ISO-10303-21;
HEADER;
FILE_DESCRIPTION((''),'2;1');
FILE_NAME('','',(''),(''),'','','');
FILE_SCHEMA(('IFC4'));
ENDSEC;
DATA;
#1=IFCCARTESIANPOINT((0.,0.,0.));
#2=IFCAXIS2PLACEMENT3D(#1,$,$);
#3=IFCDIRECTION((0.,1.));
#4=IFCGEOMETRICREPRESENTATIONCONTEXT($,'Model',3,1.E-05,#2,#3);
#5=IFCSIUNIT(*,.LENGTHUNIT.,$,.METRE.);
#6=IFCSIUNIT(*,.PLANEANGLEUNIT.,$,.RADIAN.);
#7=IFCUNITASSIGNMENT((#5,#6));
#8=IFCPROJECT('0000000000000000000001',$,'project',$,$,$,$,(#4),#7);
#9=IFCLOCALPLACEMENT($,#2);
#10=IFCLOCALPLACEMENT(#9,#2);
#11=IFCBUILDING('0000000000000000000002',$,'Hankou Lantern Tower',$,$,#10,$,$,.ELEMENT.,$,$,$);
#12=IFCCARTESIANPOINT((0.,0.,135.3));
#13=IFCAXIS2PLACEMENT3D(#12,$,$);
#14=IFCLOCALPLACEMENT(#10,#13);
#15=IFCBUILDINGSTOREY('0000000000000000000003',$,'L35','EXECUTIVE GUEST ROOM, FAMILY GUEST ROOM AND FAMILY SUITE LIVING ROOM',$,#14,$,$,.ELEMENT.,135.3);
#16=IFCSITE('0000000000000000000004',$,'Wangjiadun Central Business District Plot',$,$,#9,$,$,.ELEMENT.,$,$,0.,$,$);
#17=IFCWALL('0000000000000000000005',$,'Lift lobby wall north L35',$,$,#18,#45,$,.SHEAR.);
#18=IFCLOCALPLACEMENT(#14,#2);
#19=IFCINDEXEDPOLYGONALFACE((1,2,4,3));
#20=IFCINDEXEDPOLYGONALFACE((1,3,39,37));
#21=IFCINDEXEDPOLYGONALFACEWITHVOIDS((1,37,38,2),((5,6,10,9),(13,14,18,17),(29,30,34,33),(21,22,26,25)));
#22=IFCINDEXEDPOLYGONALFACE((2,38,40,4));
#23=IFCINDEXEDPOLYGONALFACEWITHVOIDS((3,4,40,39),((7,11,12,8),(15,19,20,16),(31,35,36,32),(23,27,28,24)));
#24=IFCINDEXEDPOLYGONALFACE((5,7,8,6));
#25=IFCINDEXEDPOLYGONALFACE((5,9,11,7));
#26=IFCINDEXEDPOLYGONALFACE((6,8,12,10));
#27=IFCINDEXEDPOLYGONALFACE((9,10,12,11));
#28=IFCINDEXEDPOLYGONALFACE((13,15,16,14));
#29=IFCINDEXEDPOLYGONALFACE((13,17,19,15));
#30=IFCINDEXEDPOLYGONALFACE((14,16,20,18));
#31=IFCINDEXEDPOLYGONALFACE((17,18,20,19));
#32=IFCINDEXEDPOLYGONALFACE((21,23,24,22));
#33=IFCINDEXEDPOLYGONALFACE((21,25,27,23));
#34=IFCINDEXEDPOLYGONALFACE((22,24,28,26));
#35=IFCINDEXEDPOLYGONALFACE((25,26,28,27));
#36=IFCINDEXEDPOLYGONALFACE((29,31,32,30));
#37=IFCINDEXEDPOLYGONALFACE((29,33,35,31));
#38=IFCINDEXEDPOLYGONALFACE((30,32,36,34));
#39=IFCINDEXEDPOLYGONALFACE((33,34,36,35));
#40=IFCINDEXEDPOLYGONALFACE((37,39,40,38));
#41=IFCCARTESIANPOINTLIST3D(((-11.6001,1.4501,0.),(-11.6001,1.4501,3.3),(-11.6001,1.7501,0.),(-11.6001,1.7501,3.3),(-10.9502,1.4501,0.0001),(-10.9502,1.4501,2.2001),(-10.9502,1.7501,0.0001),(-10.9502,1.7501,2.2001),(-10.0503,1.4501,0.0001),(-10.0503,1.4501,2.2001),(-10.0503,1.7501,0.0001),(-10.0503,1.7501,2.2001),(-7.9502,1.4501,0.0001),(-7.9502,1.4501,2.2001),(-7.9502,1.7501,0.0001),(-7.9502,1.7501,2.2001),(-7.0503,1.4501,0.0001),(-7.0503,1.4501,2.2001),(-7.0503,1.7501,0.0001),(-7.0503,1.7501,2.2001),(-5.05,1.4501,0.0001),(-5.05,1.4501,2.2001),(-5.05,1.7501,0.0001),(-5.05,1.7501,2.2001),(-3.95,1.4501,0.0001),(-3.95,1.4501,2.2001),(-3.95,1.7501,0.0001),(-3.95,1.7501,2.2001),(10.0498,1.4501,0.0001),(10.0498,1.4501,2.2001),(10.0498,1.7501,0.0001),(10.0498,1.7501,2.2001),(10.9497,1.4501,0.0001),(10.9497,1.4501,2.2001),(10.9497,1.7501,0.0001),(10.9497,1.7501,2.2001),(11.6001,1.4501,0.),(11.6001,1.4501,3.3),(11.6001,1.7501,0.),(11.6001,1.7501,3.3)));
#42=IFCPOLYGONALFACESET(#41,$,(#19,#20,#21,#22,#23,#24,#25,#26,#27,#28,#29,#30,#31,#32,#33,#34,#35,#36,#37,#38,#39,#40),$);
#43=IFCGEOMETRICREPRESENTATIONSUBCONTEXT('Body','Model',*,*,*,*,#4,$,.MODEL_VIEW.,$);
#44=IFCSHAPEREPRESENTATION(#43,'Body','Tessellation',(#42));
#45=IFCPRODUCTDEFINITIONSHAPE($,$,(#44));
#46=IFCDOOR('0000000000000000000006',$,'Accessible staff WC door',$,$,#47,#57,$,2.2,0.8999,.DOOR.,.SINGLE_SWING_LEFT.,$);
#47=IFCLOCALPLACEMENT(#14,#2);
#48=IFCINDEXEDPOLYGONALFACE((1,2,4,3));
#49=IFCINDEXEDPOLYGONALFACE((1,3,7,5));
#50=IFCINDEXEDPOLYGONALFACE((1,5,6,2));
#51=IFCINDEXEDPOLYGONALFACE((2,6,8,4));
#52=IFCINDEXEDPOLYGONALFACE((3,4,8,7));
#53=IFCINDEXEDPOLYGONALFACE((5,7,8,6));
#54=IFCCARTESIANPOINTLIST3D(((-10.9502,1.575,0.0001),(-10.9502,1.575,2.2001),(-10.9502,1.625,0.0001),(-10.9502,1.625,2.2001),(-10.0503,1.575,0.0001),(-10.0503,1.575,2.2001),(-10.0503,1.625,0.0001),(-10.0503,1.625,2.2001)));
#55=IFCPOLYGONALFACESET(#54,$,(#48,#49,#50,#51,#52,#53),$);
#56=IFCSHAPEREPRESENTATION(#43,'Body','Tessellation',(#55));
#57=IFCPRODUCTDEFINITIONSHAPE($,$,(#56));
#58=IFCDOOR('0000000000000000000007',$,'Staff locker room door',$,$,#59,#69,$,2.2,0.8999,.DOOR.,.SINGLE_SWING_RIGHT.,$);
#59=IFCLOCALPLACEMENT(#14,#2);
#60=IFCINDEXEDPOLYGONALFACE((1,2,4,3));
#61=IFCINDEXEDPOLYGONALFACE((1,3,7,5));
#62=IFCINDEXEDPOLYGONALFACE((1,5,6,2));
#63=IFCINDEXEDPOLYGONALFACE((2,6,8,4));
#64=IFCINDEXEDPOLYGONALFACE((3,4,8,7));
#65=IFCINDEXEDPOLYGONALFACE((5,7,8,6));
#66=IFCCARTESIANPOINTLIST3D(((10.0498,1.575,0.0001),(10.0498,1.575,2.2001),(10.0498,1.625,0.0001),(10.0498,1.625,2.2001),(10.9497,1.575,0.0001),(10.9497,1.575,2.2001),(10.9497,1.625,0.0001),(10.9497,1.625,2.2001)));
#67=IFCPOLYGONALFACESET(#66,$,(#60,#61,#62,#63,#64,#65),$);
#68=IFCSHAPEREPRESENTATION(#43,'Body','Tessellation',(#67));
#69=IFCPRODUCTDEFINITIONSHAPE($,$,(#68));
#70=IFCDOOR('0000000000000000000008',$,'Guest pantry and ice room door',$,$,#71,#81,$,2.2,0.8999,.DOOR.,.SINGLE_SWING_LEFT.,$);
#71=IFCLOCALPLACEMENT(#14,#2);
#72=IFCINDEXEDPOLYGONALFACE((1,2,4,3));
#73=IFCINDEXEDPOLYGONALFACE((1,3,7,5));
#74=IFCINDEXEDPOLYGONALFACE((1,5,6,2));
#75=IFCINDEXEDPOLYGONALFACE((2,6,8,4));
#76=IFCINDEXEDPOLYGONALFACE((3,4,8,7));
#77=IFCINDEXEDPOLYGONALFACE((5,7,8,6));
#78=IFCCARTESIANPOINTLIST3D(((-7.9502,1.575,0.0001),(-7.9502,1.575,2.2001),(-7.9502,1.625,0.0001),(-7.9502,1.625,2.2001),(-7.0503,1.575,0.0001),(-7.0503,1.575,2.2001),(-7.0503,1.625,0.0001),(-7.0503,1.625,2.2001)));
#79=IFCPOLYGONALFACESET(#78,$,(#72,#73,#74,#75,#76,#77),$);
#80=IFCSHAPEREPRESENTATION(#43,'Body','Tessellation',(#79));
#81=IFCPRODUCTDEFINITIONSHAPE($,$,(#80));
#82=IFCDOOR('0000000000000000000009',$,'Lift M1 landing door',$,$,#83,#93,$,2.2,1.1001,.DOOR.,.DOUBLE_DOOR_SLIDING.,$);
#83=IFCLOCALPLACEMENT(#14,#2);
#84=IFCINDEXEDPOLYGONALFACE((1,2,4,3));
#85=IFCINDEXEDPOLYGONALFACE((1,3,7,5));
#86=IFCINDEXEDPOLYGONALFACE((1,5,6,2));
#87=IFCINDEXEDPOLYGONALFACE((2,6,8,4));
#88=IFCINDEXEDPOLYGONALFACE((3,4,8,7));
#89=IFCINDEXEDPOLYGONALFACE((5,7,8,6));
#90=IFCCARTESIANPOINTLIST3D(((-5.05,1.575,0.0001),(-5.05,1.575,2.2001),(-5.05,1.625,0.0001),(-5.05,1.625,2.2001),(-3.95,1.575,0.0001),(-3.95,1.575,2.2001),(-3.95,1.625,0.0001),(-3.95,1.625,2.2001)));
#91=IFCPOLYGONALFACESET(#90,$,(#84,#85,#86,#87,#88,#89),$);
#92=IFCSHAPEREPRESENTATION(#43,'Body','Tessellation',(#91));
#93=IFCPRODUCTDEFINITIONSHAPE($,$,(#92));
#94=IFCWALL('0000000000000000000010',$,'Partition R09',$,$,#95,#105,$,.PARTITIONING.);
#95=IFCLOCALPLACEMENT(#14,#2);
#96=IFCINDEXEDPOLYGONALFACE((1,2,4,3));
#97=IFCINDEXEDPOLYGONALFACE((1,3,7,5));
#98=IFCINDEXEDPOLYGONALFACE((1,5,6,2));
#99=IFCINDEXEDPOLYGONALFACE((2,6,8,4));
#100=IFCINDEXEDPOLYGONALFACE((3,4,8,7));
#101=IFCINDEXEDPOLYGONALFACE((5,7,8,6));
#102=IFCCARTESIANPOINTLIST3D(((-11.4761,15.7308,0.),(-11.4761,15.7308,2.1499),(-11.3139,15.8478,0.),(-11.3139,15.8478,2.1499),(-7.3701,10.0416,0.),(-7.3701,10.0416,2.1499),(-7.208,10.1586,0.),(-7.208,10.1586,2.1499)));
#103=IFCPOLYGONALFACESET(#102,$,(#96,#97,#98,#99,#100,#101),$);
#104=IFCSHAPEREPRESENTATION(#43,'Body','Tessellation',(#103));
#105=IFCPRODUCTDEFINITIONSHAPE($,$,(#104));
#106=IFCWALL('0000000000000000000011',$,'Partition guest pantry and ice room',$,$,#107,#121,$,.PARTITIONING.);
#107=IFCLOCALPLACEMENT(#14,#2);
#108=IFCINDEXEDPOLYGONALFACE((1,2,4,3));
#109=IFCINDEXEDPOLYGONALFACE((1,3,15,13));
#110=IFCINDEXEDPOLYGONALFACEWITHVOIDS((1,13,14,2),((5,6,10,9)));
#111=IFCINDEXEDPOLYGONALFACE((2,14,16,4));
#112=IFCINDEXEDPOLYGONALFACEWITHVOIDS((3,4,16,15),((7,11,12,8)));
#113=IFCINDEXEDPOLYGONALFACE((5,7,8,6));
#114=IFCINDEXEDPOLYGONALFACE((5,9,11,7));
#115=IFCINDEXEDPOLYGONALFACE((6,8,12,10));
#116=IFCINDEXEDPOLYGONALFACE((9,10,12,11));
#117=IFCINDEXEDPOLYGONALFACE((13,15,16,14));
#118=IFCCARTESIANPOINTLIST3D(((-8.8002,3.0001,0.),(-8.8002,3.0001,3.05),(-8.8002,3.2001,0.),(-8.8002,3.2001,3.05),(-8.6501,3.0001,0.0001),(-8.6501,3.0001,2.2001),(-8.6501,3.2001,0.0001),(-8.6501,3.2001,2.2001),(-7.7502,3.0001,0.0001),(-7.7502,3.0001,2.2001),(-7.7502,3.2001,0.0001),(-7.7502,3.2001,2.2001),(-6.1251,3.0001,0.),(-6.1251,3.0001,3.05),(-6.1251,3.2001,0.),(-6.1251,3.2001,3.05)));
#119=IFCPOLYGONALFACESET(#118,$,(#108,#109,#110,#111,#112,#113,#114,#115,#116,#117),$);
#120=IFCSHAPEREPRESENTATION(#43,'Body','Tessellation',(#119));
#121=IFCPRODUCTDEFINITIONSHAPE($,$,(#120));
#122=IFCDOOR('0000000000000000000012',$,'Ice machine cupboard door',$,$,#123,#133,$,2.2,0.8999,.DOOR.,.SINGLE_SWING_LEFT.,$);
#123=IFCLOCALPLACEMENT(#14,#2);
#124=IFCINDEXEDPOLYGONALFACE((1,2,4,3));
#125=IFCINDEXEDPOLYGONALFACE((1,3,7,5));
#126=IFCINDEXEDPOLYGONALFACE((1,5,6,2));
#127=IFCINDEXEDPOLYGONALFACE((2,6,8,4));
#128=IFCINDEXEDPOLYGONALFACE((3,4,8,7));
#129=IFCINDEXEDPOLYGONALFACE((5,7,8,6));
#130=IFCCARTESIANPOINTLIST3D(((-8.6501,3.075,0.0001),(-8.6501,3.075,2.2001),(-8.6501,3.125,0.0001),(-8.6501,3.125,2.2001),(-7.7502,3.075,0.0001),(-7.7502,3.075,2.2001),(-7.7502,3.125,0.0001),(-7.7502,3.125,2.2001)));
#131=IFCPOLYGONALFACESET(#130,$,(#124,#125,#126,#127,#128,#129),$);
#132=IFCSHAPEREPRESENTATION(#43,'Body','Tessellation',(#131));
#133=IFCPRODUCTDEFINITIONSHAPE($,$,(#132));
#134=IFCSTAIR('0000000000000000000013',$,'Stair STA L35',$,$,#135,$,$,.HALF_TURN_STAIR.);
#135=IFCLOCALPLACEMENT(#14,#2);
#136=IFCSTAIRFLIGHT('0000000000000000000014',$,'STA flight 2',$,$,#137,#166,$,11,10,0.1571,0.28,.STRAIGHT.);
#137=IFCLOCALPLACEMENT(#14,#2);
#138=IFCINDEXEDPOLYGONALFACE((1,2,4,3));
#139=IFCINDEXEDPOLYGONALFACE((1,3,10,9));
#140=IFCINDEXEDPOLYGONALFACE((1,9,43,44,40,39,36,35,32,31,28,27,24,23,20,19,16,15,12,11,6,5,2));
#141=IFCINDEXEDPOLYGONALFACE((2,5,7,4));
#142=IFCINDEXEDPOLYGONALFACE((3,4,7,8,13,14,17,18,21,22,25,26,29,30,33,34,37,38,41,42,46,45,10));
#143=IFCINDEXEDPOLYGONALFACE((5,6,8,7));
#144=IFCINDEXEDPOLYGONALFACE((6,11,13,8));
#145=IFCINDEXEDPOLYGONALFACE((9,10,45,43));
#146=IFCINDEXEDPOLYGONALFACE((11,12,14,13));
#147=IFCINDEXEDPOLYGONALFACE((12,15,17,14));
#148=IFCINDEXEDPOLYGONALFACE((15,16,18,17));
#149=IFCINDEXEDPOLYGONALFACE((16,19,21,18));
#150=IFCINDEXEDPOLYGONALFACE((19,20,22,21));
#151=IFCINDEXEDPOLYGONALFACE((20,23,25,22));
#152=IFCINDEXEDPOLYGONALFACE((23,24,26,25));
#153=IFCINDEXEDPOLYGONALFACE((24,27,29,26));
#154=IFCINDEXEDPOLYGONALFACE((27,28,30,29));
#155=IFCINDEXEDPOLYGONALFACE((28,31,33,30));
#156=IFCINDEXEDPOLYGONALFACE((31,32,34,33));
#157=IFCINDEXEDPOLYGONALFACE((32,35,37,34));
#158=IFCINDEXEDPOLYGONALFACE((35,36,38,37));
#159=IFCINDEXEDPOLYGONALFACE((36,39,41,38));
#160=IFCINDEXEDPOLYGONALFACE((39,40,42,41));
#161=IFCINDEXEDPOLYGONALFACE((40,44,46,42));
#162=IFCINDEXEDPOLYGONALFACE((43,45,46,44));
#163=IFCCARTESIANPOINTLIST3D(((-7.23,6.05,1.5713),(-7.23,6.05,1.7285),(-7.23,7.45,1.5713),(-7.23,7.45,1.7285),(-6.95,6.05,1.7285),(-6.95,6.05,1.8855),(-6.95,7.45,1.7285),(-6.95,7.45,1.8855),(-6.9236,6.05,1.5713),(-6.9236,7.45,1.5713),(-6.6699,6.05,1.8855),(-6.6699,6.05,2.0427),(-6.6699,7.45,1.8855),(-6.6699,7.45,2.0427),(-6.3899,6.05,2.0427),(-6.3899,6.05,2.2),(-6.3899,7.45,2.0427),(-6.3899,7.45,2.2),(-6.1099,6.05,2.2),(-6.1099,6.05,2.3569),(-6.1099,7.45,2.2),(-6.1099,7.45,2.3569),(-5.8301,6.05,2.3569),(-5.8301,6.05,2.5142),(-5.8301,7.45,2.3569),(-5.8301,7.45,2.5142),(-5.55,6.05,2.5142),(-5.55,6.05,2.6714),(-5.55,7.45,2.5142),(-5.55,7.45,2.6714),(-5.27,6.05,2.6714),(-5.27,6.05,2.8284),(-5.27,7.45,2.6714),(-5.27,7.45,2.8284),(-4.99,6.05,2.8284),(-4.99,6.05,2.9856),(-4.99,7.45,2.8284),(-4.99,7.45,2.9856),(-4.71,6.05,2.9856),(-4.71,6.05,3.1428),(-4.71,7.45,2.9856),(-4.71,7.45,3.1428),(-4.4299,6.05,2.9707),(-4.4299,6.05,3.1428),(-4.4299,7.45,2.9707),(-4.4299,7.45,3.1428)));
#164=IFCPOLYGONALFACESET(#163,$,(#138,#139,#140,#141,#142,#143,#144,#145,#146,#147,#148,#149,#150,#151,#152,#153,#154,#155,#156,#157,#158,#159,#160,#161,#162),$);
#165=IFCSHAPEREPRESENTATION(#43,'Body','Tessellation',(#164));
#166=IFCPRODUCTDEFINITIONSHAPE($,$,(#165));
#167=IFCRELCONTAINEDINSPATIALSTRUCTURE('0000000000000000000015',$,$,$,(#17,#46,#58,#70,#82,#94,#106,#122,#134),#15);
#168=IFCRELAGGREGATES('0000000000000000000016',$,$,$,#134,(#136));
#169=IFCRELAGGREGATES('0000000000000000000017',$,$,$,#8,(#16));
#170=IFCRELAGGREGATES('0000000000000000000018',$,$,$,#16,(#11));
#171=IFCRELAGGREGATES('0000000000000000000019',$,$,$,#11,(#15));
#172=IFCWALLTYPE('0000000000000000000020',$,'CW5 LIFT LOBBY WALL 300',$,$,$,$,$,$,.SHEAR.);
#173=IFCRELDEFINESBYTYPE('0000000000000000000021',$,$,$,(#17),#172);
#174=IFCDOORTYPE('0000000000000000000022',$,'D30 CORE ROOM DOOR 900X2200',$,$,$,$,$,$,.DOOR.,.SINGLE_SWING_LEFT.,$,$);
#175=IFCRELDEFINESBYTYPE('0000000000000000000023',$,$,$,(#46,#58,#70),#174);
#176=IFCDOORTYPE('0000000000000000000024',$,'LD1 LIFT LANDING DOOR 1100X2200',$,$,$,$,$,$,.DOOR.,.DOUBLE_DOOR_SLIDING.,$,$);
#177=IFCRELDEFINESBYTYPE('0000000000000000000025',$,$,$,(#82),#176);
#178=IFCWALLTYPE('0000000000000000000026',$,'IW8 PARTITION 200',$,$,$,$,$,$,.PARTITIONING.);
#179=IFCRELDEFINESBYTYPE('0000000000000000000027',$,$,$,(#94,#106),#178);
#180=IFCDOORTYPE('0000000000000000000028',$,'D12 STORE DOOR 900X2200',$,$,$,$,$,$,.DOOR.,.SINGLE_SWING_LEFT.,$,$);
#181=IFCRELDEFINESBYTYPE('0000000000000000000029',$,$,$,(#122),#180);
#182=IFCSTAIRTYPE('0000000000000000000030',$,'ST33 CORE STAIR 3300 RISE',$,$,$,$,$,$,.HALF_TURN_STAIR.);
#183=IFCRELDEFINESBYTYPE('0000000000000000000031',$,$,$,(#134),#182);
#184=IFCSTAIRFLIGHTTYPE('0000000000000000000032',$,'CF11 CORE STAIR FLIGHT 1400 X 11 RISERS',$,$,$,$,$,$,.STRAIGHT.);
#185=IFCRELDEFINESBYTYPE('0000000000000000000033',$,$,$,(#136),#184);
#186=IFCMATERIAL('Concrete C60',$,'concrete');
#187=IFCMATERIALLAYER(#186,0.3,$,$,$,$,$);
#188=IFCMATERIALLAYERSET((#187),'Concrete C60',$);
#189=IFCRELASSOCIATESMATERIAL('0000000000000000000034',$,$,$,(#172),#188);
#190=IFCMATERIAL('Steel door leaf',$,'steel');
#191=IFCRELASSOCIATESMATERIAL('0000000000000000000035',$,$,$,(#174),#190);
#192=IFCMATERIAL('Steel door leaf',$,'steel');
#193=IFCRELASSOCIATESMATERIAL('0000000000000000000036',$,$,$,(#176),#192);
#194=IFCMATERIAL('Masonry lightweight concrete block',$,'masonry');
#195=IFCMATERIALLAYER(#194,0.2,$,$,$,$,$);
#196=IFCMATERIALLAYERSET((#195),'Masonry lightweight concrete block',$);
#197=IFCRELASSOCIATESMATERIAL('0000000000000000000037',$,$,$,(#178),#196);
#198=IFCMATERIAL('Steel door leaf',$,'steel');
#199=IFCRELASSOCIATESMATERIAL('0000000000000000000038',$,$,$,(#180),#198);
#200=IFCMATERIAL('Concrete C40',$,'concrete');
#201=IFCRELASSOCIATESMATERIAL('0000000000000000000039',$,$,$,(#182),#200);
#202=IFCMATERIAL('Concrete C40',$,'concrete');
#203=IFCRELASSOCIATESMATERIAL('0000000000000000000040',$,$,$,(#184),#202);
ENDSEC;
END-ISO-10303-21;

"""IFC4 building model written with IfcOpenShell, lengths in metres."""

from ifc_helpers import new_model, si_unit, direction, frame, frame_2d, origin, place, context, subcontext, project, spatial, polyline, rectangle, outline, extrude, material, layer, layer_set, type_object, element, fill, aggregate, save


model = new_model("IFC4")

# Units and contexts
model_context = context("Model", 3, precision=1e-05, world=origin(), true_north=direction((0.0, 1.0)))
body_context = subcontext(model_context, "Body", "Model", "MODEL_VIEW")
ifc_project = project(units=[si_unit("LENGTHUNIT", "METRE"), si_unit("PLANEANGLEUNIT", "RADIAN")], contexts=[model_context])

# Site, building, storey
site_placement = place(None, origin())
site = spatial("IfcSite", under=ifc_project, at=site_placement, Name="Wangjiadun Central Business District Plot", CompositionType="ELEMENT", RefElevation=0.0)
building_placement = place(site_placement, origin())
building = spatial("IfcBuilding", under=site, at=building_placement, Name="Hankou Lantern Tower", CompositionType="ELEMENT")
storey_placement = place(building_placement, frame((0.0, 0.0, 135.3)))
storey = spatial("IfcBuildingStorey", under=building, at=storey_placement, Name="L35", Description="EXECUTIVE GUEST ROOM, FAMILY GUEST ROOM AND FAMILY SUITE LIVING ROOM", CompositionType="ELEMENT", Elevation=135.3)

# Wall, openings, doors
ifc_material_1 = material(Name="Concrete C60", Category="concrete")
ifc_layer_1 = layer(ifc_material_1, 0.3)
ifc_layer_set_1 = layer_set([ifc_layer_1], Name="Concrete C60")
wall_type_1 = type_object("IfcWallType", Name="CW5 LIFT LOBBY WALL 300", PredefinedType="SHEAR", material=ifc_layer_set_1)
wall_1_placement = place(storey_placement, frame((-11.6001, 1.6001, 0.0), z_axis=(0.0, 0.0, 1.0), x_axis=(1.0, 0.0, 0.0)))
wall_1 = element("IfcWall", 1, at=wall_1_placement, inside=storey, type_object=wall_type_1, Name="Lift lobby wall north L35", PredefinedType="SHEAR", context=body_context, shape_type="SweptSolid", body=[
    extrude(rectangle(XDim=23.2002, YDim=0.3, at=frame_2d((11.6001, 0.0))), origin(), (0.0, 0.0, 1.0), 3.3),
])
opening_1_placement = place(wall_1_placement, frame((6.55, 0.0, 0.0)))
opening_1 = element("IfcOpeningElement", 2, at=opening_1_placement, cuts=wall_1, PredefinedType="OPENING", context=body_context, shape_type="SweptSolid", body=[
    extrude(rectangle(XDim=1.1001, YDim=2.2, at=frame_2d((0.55, 1.1001))), frame((0.0, 0.1599, 0.0), z_axis=(0.0, -1.0, 0.0), x_axis=(1.0, 0.0, 0.0)), (0.0, 0.0, 1.0), 0.3201),
])
opening_2_placement = place(wall_1_placement, frame((0.6499, 0.0, 0.0)))
opening_2 = element("IfcOpeningElement", 3, at=opening_2_placement, cuts=wall_1, PredefinedType="OPENING", context=body_context, shape_type="SweptSolid", body=[
    extrude(rectangle(XDim=0.8999, YDim=2.2, at=frame_2d((0.45, 1.1001))), frame((0.0, 0.1599, 0.0), z_axis=(0.0, -1.0, 0.0), x_axis=(1.0, 0.0, 0.0)), (0.0, 0.0, 1.0), 0.3201),
])
opening_3_placement = place(wall_1_placement, frame((21.6499, 0.0, 0.0)))
opening_3 = element("IfcOpeningElement", 4, at=opening_3_placement, cuts=wall_1, PredefinedType="OPENING", context=body_context, shape_type="SweptSolid", body=[
    extrude(rectangle(XDim=0.8999, YDim=2.2, at=frame_2d((0.45, 1.1001))), frame((0.0, 0.1599, 0.0), z_axis=(0.0, -1.0, 0.0), x_axis=(1.0, 0.0, 0.0)), (0.0, 0.0, 1.0), 0.3201),
])
opening_4_placement = place(wall_1_placement, frame((3.6499, 0.0, 0.0)))
opening_4 = element("IfcOpeningElement", 5, at=opening_4_placement, cuts=wall_1, PredefinedType="OPENING", context=body_context, shape_type="SweptSolid", body=[
    extrude(rectangle(XDim=0.8999, YDim=2.2, at=frame_2d((0.45, 1.1001))), frame((0.0, 0.1599, 0.0), z_axis=(0.0, -1.0, 0.0), x_axis=(1.0, 0.0, 0.0)), (0.0, 0.0, 1.0), 0.3201),
])
ifc_material_2 = material(Name="Steel door leaf", Category="steel")
door_type_1 = type_object("IfcDoorType", Name="D30 CORE ROOM DOOR 900X2200", OperationType="SINGLE_SWING_LEFT", PredefinedType="DOOR", material=ifc_material_2)
door_1_placement = place(opening_2_placement, origin())
door_1 = element("IfcDoor", 6, at=door_1_placement, inside=storey, type_object=door_type_1, Name="Accessible staff WC door", OperationType="SINGLE_SWING_LEFT", OverallHeight=2.2, OverallWidth=0.8999, PredefinedType="DOOR", context=body_context, shape_type="SweptSolid", body=[
    extrude(rectangle(XDim=0.8999, YDim=2.2, at=frame_2d((0.45, 1.1001))), frame((0.0, 0.0249, 0.0), z_axis=(0.0, -1.0, 0.0), x_axis=(1.0, 0.0, 0.0)), (0.0, 0.0, 1.0), 0.05),
])
fill(opening_2, door_1)
door_2_placement = place(opening_3_placement, origin())
door_2 = element("IfcDoor", 7, at=door_2_placement, inside=storey, type_object=door_type_1, Name="Staff locker room door", OperationType="SINGLE_SWING_RIGHT", OverallHeight=2.2, OverallWidth=0.8999, PredefinedType="DOOR", context=body_context, shape_type="SweptSolid", body=[
    extrude(rectangle(XDim=0.8999, YDim=2.2, at=frame_2d((0.45, 1.1001))), frame((0.0, 0.0249, 0.0), z_axis=(0.0, -1.0, 0.0), x_axis=(1.0, 0.0, 0.0)), (0.0, 0.0, 1.0), 0.05),
])
fill(opening_3, door_2)
door_3_placement = place(opening_4_placement, origin())
door_3 = element("IfcDoor", 8, at=door_3_placement, inside=storey, type_object=door_type_1, Name="Guest pantry and ice room door", OperationType="SINGLE_SWING_LEFT", OverallHeight=2.2, OverallWidth=0.8999, PredefinedType="DOOR", context=body_context, shape_type="SweptSolid", body=[
    extrude(rectangle(XDim=0.8999, YDim=2.2, at=frame_2d((0.45, 1.1001))), frame((0.0, 0.0249, 0.0), z_axis=(0.0, -1.0, 0.0), x_axis=(1.0, 0.0, 0.0)), (0.0, 0.0, 1.0), 0.05),
])
fill(opening_4, door_3)
ifc_material_3 = material(Name="Steel door leaf", Category="steel")
door_type_2 = type_object("IfcDoorType", Name="LD1 LIFT LANDING DOOR 1100X2200", OperationType="DOUBLE_DOOR_SLIDING", PredefinedType="DOOR", material=ifc_material_3)
door_4_placement = place(opening_1_placement, origin())
door_4 = element("IfcDoor", 9, at=door_4_placement, inside=storey, type_object=door_type_2, Name="Lift M1 landing door", OperationType="DOUBLE_DOOR_SLIDING", OverallHeight=2.2, OverallWidth=1.1001, PredefinedType="DOOR", context=body_context, shape_type="SweptSolid", body=[
    extrude(rectangle(XDim=1.1001, YDim=2.2, at=frame_2d((0.55, 1.1001))), frame((0.0, 0.0249, 0.0), z_axis=(0.0, -1.0, 0.0), x_axis=(1.0, 0.0, 0.0)), (0.0, 0.0, 1.0), 0.05),
])
fill(opening_1, door_4)

# Wall
ifc_material_4 = material(Name="Masonry lightweight concrete block", Category="masonry")
ifc_layer_2 = layer(ifc_material_4, 0.2)
ifc_layer_set_2 = layer_set([ifc_layer_2], Name="Masonry lightweight concrete block")
wall_type_2 = type_object("IfcWallType", Name="IW8 PARTITION 200", PredefinedType="PARTITIONING", material=ifc_layer_set_2)
wall_2_placement = place(storey_placement, frame((-7.2891, 10.1001, 0.0), z_axis=(0.0, 0.0, 1.0), x_axis=(-0.585217, 0.810876, 0.0)))
element("IfcWall", 10, at=wall_2_placement, inside=storey, type_object=wall_type_2, Name="Partition R09", PredefinedType="PARTITIONING", context=body_context, shape_type="SweptSolid", body=[
    extrude(rectangle(XDim=7.0161, YDim=0.2, at=frame_2d((3.5081, 0.0))), origin(), (0.0, 0.0, 1.0), 2.1499),
])

# Wall, opening, door
wall_3_placement = place(storey_placement, frame((-8.8, 3.1001, 0.0), z_axis=(0.0, 0.0, 1.0), x_axis=(1.0, 0.0, 0.0)))
wall_3 = element("IfcWall", 11, at=wall_3_placement, inside=storey, type_object=wall_type_2, Name="Partition guest pantry and ice room", PredefinedType="PARTITIONING", context=body_context, shape_type="SweptSolid", body=[
    extrude(rectangle(XDim=2.675, YDim=0.2, at=frame_2d((1.3374, 0.0))), origin(), (0.0, 0.0, 1.0), 3.05),
])
opening_5_placement = place(wall_3_placement, frame((0.1499, 0.0, 0.0)))
opening_5 = element("IfcOpeningElement", 12, at=opening_5_placement, cuts=wall_3, PredefinedType="OPENING", context=body_context, shape_type="SweptSolid", body=[
    extrude(rectangle(XDim=0.8999, YDim=2.2, at=frame_2d((0.45, 1.1001))), frame((0.0, 0.1099, 0.0), z_axis=(0.0, -1.0, 0.0), x_axis=(1.0, 0.0, 0.0)), (0.0, 0.0, 1.0), 0.22),
])
ifc_material_5 = material(Name="Steel door leaf", Category="steel")
door_type_3 = type_object("IfcDoorType", Name="D12 STORE DOOR 900X2200", OperationType="SINGLE_SWING_LEFT", PredefinedType="DOOR", material=ifc_material_5)
door_5_placement = place(opening_5_placement, origin())
door_5 = element("IfcDoor", 13, at=door_5_placement, inside=storey, type_object=door_type_3, Name="Ice machine cupboard door", OperationType="SINGLE_SWING_LEFT", OverallHeight=2.2, OverallWidth=0.8999, PredefinedType="DOOR", context=body_context, shape_type="SweptSolid", body=[
    extrude(rectangle(XDim=0.8999, YDim=2.2, at=frame_2d((0.45, 1.1001))), frame((0.0, 0.0249, 0.0), z_axis=(0.0, -1.0, 0.0), x_axis=(1.0, 0.0, 0.0)), (0.0, 0.0, 1.0), 0.05),
])
fill(opening_5, door_5)

# Stair, stair flight
ifc_material_6 = material(Name="Concrete C40", Category="concrete")
stair_type = type_object("IfcStairType", Name="ST33 CORE STAIR 3300 RISE", PredefinedType="HALF_TURN_STAIR", material=ifc_material_6)
stair_placement = place(storey_placement, origin())
stair = element("IfcStair", 14, at=stair_placement, inside=storey, type_object=stair_type, Name="Stair STA L35", PredefinedType="HALF_TURN_STAIR")
ifc_material_7 = material(Name="Concrete C40", Category="concrete")
stair_flight_type = type_object("IfcStairFlightType", Name="CF11 CORE STAIR FLIGHT 1400 X 11 RISERS", PredefinedType="STRAIGHT", material=ifc_material_7)
stair_flight_placement = place(storey_placement, frame((-7.23, 6.75, 1.5713), z_axis=(0.0, 0.0, 1.0), x_axis=(1.0, 0.0, 0.0)))
stair_flight = element("IfcStairFlight", 15, at=stair_flight_placement, type_object=stair_flight_type, Name="STA flight 2", NumberOfRisers=11, NumberOfTreads=10, PredefinedType="STRAIGHT", RiserHeight=0.1571, TreadLength=0.28, context=body_context, shape_type="SweptSolid", body=[
    extrude(outline(polyline([(0.0, 0.0), (0.0, 0.1572), (0.28, 0.1572), (0.28, 0.3142), (0.5601, 0.3142), (0.5601, 0.4714), (0.8401, 0.4714), (0.8401, 0.6287), (1.1201, 0.6287), (1.1201, 0.7856), (1.3999, 0.7856), (1.3999, 0.9429), (1.6799, 0.9429), (1.6799, 1.1001), (1.96, 1.1001), (1.96, 1.2571), (2.24, 1.2571), (2.24, 1.4143), (2.52, 1.4143), (2.52, 1.5715), (2.8, 1.5715), (2.8, 1.7285), (2.8, 1.3994), (0.3064, 0.0), (0.0, 0.0)])), frame((0.0, 0.7, 0.0), z_axis=(0.0, -1.0, 0.0), x_axis=(1.0, 0.0, 0.0)), (0.0, 0.0, 1.0), 1.3999),
])
aggregate(stair, [stair_flight])

save(model, "model.ifc")
